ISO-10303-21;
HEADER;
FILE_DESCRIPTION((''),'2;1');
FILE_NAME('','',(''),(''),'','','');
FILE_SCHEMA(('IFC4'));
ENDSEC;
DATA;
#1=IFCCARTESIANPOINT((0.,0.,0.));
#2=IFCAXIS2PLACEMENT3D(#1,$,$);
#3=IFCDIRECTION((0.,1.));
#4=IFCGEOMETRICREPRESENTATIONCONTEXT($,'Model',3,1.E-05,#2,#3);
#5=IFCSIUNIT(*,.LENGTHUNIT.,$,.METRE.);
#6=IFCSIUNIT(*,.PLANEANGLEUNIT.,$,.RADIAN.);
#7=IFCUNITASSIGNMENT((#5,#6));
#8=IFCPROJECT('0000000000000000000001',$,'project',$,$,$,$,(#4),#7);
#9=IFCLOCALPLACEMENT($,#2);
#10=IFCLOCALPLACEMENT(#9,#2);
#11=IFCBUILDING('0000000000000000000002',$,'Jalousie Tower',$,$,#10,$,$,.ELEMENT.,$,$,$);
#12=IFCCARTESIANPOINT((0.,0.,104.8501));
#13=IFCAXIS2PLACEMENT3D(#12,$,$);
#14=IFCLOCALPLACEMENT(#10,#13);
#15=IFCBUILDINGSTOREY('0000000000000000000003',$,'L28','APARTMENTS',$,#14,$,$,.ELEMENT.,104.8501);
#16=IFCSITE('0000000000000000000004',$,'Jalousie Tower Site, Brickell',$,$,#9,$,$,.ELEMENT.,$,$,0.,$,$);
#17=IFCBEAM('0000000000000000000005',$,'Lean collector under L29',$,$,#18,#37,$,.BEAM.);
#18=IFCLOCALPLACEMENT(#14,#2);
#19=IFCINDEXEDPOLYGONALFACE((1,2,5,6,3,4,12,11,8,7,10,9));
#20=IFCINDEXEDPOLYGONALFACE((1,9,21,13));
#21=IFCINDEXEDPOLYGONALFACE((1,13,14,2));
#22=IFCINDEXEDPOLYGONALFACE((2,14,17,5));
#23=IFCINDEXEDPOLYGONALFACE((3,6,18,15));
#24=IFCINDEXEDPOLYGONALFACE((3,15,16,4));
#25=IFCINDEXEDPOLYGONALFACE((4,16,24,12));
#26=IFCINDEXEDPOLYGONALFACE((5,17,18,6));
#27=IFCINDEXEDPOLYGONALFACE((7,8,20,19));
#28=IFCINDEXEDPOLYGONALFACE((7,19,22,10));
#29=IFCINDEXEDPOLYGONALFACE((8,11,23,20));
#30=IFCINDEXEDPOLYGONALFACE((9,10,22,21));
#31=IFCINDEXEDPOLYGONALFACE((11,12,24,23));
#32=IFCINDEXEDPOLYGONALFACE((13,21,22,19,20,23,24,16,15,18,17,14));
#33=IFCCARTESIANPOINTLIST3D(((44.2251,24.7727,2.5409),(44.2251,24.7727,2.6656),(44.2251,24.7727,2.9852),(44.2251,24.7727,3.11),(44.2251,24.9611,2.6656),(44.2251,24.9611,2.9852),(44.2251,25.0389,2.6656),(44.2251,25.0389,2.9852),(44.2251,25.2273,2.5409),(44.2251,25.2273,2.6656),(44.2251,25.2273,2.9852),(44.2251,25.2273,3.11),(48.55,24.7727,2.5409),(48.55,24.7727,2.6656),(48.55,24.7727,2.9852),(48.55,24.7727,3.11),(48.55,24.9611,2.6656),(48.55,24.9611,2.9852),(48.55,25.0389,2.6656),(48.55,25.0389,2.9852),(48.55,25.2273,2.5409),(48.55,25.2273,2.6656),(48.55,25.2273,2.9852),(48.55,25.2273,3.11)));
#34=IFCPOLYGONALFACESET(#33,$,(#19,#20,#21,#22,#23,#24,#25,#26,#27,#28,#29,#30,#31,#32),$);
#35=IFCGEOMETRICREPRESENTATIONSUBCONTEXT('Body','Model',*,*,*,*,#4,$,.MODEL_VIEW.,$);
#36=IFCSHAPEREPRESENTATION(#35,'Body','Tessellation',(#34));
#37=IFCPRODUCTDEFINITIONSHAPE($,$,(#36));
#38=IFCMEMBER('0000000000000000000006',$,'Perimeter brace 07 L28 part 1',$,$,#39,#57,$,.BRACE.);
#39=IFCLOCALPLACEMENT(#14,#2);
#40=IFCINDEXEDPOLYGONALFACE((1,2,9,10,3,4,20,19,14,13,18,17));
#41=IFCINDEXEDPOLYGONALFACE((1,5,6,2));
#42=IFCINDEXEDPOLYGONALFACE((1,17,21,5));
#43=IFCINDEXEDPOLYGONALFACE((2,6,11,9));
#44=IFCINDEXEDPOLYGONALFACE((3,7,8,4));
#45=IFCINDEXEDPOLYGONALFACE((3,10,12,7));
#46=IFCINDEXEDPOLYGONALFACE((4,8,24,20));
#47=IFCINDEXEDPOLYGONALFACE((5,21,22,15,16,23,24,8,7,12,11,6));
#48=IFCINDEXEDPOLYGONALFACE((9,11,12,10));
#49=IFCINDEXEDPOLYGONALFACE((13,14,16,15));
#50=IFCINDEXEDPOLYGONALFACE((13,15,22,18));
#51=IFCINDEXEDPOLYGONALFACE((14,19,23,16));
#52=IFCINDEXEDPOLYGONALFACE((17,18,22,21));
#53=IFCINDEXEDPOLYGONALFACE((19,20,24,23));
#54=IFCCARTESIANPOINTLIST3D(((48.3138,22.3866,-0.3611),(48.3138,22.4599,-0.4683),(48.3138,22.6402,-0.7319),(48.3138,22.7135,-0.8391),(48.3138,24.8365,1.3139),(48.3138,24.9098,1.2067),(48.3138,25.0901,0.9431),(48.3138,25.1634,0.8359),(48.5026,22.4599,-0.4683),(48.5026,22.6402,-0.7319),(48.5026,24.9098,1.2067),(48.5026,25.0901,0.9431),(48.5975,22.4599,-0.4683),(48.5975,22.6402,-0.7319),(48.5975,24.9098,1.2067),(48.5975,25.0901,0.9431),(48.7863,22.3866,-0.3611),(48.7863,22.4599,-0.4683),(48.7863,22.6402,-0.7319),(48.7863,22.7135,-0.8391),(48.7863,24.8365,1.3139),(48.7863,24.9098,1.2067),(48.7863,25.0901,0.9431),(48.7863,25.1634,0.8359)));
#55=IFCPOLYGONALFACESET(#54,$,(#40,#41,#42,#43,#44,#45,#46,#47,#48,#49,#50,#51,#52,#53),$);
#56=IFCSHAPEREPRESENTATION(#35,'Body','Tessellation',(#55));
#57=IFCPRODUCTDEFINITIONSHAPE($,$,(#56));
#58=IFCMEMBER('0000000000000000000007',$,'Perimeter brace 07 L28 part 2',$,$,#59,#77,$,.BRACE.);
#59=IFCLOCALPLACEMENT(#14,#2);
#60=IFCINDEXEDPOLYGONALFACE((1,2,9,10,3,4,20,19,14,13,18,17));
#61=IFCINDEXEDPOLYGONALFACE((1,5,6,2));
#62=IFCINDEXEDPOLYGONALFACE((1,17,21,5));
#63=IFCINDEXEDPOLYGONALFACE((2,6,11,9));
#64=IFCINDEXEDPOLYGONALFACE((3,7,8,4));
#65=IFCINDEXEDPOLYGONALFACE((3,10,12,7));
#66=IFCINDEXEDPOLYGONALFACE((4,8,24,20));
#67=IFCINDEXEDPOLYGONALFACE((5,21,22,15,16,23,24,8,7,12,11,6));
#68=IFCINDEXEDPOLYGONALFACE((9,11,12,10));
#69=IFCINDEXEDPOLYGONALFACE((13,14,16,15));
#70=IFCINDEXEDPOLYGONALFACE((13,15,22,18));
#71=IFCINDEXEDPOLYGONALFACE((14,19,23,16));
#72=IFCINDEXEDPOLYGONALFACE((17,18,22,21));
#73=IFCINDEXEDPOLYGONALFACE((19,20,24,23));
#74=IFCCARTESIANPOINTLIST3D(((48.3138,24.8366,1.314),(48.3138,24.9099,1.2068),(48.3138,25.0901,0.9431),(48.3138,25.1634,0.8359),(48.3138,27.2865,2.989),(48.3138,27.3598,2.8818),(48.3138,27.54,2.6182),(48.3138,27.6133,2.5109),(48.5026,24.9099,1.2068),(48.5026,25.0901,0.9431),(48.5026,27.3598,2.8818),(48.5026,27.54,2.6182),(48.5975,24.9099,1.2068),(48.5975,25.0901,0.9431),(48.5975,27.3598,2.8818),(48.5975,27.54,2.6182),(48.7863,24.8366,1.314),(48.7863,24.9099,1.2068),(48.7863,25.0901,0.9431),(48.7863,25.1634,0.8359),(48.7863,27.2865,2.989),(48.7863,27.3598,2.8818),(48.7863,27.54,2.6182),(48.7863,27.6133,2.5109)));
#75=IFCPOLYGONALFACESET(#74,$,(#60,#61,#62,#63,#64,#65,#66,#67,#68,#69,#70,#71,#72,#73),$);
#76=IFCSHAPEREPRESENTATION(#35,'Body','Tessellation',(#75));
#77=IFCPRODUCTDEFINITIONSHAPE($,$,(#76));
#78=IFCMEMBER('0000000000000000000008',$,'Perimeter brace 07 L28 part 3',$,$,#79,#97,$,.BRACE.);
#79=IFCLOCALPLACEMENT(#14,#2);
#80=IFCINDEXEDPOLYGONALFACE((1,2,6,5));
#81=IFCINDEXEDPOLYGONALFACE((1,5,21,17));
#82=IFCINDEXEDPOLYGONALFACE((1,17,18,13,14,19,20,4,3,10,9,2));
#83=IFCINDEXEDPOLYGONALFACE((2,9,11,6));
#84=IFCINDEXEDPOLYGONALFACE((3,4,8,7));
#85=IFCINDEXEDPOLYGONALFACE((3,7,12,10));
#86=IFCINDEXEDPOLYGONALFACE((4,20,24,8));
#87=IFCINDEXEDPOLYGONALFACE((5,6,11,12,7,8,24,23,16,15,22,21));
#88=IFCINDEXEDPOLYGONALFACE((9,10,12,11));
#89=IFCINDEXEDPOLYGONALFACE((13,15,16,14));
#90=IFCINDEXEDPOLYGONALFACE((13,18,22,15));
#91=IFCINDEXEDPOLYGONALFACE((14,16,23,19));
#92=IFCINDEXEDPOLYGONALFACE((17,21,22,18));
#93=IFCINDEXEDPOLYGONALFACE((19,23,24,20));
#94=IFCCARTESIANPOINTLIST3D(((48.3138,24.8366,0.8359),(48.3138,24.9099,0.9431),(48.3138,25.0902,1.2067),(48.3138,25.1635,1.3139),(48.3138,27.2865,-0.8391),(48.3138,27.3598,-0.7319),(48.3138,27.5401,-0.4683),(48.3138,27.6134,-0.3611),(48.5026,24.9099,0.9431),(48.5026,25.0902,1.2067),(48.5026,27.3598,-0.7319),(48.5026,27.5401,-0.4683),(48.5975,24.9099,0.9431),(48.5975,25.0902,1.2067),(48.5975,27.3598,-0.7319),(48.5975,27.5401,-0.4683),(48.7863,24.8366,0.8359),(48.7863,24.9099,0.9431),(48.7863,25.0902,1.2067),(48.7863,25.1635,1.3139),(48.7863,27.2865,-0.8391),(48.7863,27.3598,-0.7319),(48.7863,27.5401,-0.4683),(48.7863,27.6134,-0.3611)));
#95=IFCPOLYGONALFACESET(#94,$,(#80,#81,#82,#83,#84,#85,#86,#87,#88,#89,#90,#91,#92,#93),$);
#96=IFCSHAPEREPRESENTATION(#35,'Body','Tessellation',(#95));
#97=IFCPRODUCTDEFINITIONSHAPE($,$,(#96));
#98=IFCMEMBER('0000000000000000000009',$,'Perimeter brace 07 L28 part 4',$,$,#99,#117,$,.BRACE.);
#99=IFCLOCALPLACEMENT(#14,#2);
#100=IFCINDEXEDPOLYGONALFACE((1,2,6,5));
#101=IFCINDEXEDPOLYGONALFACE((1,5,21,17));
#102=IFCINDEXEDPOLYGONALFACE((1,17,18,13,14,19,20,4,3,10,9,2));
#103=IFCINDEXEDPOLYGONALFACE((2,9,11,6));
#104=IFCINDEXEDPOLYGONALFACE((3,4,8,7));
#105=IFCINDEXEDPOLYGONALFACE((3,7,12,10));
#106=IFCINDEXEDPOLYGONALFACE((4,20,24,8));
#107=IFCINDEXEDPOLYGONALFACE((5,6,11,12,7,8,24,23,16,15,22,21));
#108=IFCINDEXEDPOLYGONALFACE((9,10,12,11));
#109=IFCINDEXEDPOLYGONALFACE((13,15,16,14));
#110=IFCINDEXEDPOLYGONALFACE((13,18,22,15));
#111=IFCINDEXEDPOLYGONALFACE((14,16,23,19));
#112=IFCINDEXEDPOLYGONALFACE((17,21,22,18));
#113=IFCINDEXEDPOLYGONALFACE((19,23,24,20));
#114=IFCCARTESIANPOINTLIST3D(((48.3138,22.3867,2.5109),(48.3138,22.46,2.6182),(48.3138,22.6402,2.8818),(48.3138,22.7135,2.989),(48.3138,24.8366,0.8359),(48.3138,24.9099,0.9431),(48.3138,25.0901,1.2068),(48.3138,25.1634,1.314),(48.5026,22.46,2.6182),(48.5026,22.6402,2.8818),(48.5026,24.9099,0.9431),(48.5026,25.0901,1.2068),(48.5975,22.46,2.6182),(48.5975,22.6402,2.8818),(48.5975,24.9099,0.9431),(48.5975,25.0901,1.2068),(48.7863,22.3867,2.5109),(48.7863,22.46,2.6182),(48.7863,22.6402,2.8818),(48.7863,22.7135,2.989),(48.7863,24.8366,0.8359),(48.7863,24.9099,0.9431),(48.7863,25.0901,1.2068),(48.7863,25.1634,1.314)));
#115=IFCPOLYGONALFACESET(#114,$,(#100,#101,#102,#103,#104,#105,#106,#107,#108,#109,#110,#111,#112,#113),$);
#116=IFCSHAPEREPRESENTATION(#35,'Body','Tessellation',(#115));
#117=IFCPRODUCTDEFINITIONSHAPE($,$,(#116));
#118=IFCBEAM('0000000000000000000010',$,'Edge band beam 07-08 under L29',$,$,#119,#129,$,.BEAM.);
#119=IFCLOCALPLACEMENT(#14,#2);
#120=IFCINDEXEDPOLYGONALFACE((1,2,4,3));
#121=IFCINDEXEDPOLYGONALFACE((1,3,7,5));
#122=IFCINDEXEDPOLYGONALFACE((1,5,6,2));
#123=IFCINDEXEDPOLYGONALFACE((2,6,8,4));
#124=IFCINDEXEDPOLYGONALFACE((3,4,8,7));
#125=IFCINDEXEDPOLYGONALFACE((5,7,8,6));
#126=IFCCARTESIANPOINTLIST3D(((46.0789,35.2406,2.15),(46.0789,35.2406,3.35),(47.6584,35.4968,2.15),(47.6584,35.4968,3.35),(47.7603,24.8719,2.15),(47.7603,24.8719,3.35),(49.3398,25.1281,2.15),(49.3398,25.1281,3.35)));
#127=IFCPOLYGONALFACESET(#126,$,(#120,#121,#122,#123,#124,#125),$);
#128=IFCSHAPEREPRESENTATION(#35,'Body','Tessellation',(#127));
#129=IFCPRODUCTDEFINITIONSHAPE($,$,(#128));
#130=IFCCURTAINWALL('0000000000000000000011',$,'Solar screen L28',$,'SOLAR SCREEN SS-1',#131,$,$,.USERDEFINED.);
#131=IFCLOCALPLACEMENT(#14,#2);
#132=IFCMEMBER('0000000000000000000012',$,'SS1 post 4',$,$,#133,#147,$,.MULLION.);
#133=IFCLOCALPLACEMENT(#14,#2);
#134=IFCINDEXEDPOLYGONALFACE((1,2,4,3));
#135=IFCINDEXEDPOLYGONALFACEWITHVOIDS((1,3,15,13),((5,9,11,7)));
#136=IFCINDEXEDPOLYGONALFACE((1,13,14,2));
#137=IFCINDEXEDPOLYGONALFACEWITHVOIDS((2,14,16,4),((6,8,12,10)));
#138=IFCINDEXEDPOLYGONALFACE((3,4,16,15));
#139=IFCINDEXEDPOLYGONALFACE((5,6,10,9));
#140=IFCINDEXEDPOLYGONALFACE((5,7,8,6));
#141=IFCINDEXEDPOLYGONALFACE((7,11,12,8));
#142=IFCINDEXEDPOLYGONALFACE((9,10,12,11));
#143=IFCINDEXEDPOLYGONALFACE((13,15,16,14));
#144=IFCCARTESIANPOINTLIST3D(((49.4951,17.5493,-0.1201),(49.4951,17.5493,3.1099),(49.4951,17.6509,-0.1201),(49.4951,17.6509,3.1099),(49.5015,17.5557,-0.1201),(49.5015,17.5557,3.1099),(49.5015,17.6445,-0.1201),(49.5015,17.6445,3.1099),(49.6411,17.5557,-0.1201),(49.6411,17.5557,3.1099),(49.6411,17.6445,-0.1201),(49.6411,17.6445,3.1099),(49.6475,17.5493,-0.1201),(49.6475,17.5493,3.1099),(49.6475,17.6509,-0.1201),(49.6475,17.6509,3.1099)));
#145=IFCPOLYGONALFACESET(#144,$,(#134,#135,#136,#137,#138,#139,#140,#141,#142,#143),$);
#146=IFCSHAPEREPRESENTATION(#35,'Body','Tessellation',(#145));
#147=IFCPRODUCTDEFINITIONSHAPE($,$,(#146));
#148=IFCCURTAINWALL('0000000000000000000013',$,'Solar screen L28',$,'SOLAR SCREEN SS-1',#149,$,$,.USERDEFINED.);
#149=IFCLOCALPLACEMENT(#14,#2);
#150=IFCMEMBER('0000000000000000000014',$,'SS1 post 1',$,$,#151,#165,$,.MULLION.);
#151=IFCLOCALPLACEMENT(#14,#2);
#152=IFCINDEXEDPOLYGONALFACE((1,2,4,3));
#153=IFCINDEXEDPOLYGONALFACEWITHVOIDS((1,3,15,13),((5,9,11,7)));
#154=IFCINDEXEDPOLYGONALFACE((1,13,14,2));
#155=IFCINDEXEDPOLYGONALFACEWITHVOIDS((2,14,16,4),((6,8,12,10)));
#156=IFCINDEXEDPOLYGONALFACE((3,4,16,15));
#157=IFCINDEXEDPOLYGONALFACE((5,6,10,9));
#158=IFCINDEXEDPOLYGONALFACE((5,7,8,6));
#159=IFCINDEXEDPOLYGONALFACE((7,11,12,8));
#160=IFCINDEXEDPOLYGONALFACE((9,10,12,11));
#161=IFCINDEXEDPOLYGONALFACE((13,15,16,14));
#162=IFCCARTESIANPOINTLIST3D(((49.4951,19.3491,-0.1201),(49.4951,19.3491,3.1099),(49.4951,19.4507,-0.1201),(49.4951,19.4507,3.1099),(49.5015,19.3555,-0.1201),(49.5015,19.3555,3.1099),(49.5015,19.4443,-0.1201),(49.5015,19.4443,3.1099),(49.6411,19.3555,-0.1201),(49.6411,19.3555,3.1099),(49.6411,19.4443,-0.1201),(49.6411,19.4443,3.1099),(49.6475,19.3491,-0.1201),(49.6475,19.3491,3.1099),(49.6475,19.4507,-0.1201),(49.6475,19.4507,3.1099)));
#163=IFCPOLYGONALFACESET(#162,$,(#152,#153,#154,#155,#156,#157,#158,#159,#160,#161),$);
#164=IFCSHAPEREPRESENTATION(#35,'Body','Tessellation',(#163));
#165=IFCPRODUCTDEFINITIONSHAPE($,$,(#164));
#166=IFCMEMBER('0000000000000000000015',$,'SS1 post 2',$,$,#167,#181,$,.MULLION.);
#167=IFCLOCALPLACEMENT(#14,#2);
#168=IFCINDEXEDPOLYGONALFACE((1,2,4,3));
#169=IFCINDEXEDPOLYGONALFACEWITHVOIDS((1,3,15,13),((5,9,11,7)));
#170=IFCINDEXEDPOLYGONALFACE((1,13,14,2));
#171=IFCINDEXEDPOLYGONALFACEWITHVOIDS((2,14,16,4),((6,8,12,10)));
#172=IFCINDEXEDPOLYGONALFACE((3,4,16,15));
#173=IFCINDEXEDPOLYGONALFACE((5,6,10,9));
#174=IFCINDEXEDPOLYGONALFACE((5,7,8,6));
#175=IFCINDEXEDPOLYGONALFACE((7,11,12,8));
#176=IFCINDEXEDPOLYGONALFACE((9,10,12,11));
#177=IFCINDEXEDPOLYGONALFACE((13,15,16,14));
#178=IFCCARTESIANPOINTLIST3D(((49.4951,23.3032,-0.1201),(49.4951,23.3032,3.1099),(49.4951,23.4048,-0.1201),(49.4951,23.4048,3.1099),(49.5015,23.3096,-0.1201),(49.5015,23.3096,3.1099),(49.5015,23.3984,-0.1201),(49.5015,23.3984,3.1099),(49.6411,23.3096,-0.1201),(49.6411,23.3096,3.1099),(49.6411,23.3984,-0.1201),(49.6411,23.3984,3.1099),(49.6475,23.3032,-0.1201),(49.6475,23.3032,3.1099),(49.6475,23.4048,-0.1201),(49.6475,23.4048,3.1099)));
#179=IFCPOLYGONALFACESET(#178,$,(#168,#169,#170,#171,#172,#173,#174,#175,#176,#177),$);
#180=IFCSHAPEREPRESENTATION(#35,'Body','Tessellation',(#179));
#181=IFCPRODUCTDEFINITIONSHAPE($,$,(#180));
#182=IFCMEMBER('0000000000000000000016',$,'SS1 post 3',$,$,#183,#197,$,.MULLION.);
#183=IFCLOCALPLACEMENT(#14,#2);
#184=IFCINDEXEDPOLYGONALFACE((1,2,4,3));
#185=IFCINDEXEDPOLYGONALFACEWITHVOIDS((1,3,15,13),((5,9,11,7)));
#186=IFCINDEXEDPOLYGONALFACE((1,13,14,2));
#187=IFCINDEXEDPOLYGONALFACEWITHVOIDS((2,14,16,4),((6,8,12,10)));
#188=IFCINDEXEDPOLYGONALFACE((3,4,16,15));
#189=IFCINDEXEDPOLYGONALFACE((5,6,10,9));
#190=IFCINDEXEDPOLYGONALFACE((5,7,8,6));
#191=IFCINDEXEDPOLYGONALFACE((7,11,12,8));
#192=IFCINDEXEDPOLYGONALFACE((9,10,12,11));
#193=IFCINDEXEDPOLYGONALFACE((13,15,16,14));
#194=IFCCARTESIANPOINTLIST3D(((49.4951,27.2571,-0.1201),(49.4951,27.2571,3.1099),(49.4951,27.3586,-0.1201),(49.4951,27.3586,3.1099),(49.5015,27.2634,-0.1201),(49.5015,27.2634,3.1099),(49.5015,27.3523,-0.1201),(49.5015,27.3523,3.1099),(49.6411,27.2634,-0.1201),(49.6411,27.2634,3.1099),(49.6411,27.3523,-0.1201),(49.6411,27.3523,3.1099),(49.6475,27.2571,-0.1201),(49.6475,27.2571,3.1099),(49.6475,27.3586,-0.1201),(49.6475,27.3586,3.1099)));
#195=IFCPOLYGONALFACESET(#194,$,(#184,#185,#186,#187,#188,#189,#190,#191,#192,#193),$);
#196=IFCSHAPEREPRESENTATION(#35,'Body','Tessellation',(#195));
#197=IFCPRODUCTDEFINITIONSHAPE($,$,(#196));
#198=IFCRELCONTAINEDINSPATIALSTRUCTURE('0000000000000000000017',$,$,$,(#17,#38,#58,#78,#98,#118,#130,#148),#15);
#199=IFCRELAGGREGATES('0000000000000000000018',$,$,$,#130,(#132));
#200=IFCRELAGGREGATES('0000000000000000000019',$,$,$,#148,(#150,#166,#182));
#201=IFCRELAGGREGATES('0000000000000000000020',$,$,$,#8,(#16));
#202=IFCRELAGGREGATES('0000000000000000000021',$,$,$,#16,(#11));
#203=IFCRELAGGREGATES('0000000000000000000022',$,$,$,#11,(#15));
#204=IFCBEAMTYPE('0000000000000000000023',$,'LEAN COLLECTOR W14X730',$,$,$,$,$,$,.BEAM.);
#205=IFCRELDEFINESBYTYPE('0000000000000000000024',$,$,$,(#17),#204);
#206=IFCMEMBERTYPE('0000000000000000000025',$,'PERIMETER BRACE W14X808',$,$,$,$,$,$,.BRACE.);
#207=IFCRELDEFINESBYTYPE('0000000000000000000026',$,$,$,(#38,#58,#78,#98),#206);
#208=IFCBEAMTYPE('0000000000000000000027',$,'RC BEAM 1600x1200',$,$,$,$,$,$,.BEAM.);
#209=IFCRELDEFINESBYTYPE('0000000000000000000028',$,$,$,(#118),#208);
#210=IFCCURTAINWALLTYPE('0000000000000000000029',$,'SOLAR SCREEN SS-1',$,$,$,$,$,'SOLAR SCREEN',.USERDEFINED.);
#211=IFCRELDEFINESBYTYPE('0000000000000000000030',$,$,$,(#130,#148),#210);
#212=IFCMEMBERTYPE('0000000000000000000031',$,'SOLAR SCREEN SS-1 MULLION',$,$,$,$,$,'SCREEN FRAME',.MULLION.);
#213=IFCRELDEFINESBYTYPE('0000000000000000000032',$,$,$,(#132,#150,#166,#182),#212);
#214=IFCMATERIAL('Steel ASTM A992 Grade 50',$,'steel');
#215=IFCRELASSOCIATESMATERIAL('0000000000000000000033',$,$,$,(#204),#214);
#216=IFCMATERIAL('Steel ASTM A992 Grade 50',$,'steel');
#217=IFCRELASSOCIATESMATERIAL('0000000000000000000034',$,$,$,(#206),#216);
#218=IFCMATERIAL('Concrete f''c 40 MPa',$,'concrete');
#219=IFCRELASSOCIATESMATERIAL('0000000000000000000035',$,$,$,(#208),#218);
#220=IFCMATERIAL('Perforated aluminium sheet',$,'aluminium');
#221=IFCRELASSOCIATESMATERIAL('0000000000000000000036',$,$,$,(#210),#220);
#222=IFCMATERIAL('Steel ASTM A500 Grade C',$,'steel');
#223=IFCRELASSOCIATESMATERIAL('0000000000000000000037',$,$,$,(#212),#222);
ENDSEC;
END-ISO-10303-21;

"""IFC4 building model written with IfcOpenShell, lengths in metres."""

from ifc_helpers import new_model, si_unit, direction, frame, origin, origin_2d, place, context, subcontext, project, spatial, rectangle, hollow_rectangle, i_section, extrude, material, material_profile, profile_set, type_object, element, aggregate, save


model = new_model("IFC4")

# Units and contexts
model_context = context("Model", 3, precision=1e-05, world=origin(), true_north=direction((0.0, 1.0)))
body_context = subcontext(model_context, "Body", "Model", "MODEL_VIEW")
ifc_project = project(units=[si_unit("LENGTHUNIT", "METRE"), si_unit("PLANEANGLEUNIT", "RADIAN")], contexts=[model_context])

# Site, building, storey
site_placement = place(None, origin())
site = spatial("IfcSite", under=ifc_project, at=site_placement, Name="Jalousie Tower Site, Brickell", CompositionType="ELEMENT", RefElevation=0.0)
building_placement = place(site_placement, origin())
building = spatial("IfcBuilding", under=site, at=building_placement, Name="Jalousie Tower", CompositionType="ELEMENT")
storey_placement = place(building_placement, frame((0.0, 0.0, 104.8501)))
storey = spatial("IfcBuildingStorey", under=building, at=storey_placement, Name="L28", Description="APARTMENTS", CompositionType="ELEMENT", Elevation=104.8501)

# Beam
ifc_material_1 = material(Name="Steel ASTM A992 Grade 50", Category="steel")
ifc_material_profile_1 = material_profile(ifc_material_1, i_section(OverallWidth=0.4546, OverallDepth=0.5691, WebThickness=0.0779, FlangeThickness=0.1248, at=origin_2d()), Name="W14X730")
ifc_profile_set_1 = profile_set([ifc_material_profile_1], Name="Steel ASTM A992 Grade 50")
beam_type_1 = type_object("IfcBeamType", Name="LEAN COLLECTOR W14X730", PredefinedType="BEAM", material=ifc_profile_set_1)
beam_1_placement = place(storey_placement, frame((48.55, 25.0, 2.8254), z_axis=(-1.0, 0.0, 0.0), x_axis=(0.0, -1.0, 0.0)))
element("IfcBeam", 1, at=beam_1_placement, inside=storey, type_object=beam_type_1, Name="Lean collector under L29", PredefinedType="BEAM", context=body_context, shape_type="SweptSolid", body=[
    extrude(i_section(OverallWidth=0.4546, OverallDepth=0.5691, WebThickness=0.0779, FlangeThickness=0.1248, at=origin_2d()), origin(), (0.0, 0.0, 1.0), 4.325),
])

# Members
ifc_material_2 = material(Name="Steel ASTM A992 Grade 50", Category="steel")
ifc_material_profile_2 = material_profile(ifc_material_2, i_section(OverallWidth=0.4724, OverallDepth=0.5791, WebThickness=0.095, FlangeThickness=0.1299, at=origin_2d()), Name="W14X808")
ifc_profile_set_2 = profile_set([ifc_material_profile_2], Name="Steel ASTM A992 Grade 50")
member_type_1 = type_object("IfcMemberType", Name="PERIMETER BRACE W14X808", PredefinedType="BRACE", material=ifc_profile_set_2)
for number, where, z_axis, x_axis, name in (
    (2, (48.55, 22.55, -0.6001), (0.0, 0.825501, 0.564401), (-1.0, 0.0, 0.0), "Perimeter brace 07 L28 part 1"),
    (3, (48.55, 25.0, 1.075), (0.0, 0.825501, 0.564401), (-1.0, 0.0, 0.0), "Perimeter brace 07 L28 part 2"),
    (4, (48.55, 27.45, -0.6001), (0.0, -0.825501, 0.564401), (1.0, 0.0, 0.0), "Perimeter brace 07 L28 part 3"),
    (5, (48.55, 25.0, 1.075), (0.0, -0.825501, 0.564401), (1.0, 0.0, 0.0), "Perimeter brace 07 L28 part 4"),
):
    element("IfcMember", number, at=place(storey_placement, frame(where, z_axis=z_axis, x_axis=x_axis)), inside=storey, type_object=member_type_1, Name=name, PredefinedType="BRACE", context=body_context, shape_type="SweptSolid", body=[
        extrude(i_section(OverallWidth=0.4724, OverallDepth=0.5791, WebThickness=0.095, FlangeThickness=0.1299, at=origin_2d()), origin(), (0.0, 0.0, 1.0), 2.9678),
    ])

# Beam
ifc_material_3 = material(Name="Concrete f'c 40 MPa", Category="concrete")
ifc_material_profile_3 = material_profile(ifc_material_3, rectangle(XDim=1.6001, YDim=1.2, at=origin_2d()), Name="RC 1600x1200")
ifc_profile_set_3 = profile_set([ifc_material_profile_3], Name="Concrete f'c 40 MPa")
beam_type_2 = type_object("IfcBeamType", Name="RC BEAM 1600x1200", PredefinedType="BEAM", material=ifc_profile_set_3)
beam_2_placement = place(storey_placement, frame((48.55, 25.0, 2.75), z_axis=(-0.160071, 0.987106, 0.0), x_axis=(-0.987106, -0.160071, 0.0)))
element("IfcBeam", 6, at=beam_2_placement, inside=storey, type_object=beam_type_2, Name="Edge band beam 07-08 under L29", PredefinedType="BEAM", context=body_context, shape_type="SweptSolid", body=[
    extrude(rectangle(XDim=1.6001, YDim=1.2, at=origin_2d()), origin(), (0.0, 0.0, 1.0), 10.5042),
])

# Curtain wall, member
ifc_material_4 = material(Name="Perforated aluminium sheet", Category="aluminium")
curtain_wall_type = type_object("IfcCurtainWallType", Name="SOLAR SCREEN SS-1", ElementType="SOLAR SCREEN", PredefinedType="USERDEFINED", material=ifc_material_4)
curtain_wall_1_placement = place(storey_placement, origin())
curtain_wall_1 = element("IfcCurtainWall", 7, at=curtain_wall_1_placement, inside=storey, type_object=curtain_wall_type, Name="Solar screen L28", ObjectType="SOLAR SCREEN SS-1", PredefinedType="USERDEFINED")
ifc_material_5 = material(Name="Steel ASTM A500 Grade C", Category="steel")
ifc_material_profile_4 = material_profile(ifc_material_5, hollow_rectangle(XDim=0.1016, YDim=0.1523, WallThickness=0.0063, at=origin_2d()), Name="HSS6X4X1/4")
ifc_profile_set_4 = profile_set([ifc_material_profile_4], Name="Steel ASTM A500 Grade C")
member_type_2 = type_object("IfcMemberType", Name="SOLAR SCREEN SS-1 MULLION", ElementType="SCREEN FRAME", PredefinedType="MULLION", material=ifc_profile_set_4)
member_1_placement = place(storey_placement, frame((49.5713, 17.6001, -0.1201), z_axis=(0.0, 0.0, 1.0), x_axis=(0.0, 1.0, 0.0)))
member_1 = element("IfcMember", 8, at=member_1_placement, type_object=member_type_2, Name="SS1 post 4", PredefinedType="MULLION", context=body_context, shape_type="SweptSolid", body=[
    extrude(hollow_rectangle(XDim=0.1016, YDim=0.1523, WallThickness=0.0063, at=origin_2d()), origin(), (0.0, 0.0, 1.0), 3.23),
])
aggregate(curtain_wall_1, [member_1])

# Curtain wall, members
curtain_wall_2_placement = place(storey_placement, origin())
curtain_wall_2 = element("IfcCurtainWall", 9, at=curtain_wall_2_placement, inside=storey, type_object=curtain_wall_type, Name="Solar screen L28", ObjectType="SOLAR SCREEN SS-1", PredefinedType="USERDEFINED")
member_2_placement = place(storey_placement, frame((49.5713, 19.3999, -0.1201), z_axis=(0.0, 0.0, 1.0), x_axis=(0.0, 1.0, 0.0)))
member_2 = element("IfcMember", 10, at=member_2_placement, type_object=member_type_2, Name="SS1 post 1", PredefinedType="MULLION", context=body_context, shape_type="SweptSolid", body=[
    extrude(hollow_rectangle(XDim=0.1016, YDim=0.1523, WallThickness=0.0063, at=origin_2d()), origin(), (0.0, 0.0, 1.0), 3.23),
])
member_3_placement = place(storey_placement, frame((49.5713, 23.354, -0.1201), z_axis=(0.0, 0.0, 1.0), x_axis=(0.0, 1.0, 0.0)))
member_3 = element("IfcMember", 11, at=member_3_placement, type_object=member_type_2, Name="SS1 post 2", PredefinedType="MULLION", context=body_context, shape_type="SweptSolid", body=[
    extrude(hollow_rectangle(XDim=0.1016, YDim=0.1523, WallThickness=0.0063, at=origin_2d()), origin(), (0.0, 0.0, 1.0), 3.23),
])
member_4_placement = place(storey_placement, frame((49.5713, 27.3079, -0.1201), z_axis=(0.0, 0.0, 1.0), x_axis=(0.0, 1.0, 0.0)))
member_4 = element("IfcMember", 12, at=member_4_placement, type_object=member_type_2, Name="SS1 post 3", PredefinedType="MULLION", context=body_context, shape_type="SweptSolid", body=[
    extrude(hollow_rectangle(XDim=0.1016, YDim=0.1523, WallThickness=0.0063, at=origin_2d()), origin(), (0.0, 0.0, 1.0), 3.23),
])

aggregate(curtain_wall_2, [member_2, member_3, member_4])

save(model, "model.ifc")
